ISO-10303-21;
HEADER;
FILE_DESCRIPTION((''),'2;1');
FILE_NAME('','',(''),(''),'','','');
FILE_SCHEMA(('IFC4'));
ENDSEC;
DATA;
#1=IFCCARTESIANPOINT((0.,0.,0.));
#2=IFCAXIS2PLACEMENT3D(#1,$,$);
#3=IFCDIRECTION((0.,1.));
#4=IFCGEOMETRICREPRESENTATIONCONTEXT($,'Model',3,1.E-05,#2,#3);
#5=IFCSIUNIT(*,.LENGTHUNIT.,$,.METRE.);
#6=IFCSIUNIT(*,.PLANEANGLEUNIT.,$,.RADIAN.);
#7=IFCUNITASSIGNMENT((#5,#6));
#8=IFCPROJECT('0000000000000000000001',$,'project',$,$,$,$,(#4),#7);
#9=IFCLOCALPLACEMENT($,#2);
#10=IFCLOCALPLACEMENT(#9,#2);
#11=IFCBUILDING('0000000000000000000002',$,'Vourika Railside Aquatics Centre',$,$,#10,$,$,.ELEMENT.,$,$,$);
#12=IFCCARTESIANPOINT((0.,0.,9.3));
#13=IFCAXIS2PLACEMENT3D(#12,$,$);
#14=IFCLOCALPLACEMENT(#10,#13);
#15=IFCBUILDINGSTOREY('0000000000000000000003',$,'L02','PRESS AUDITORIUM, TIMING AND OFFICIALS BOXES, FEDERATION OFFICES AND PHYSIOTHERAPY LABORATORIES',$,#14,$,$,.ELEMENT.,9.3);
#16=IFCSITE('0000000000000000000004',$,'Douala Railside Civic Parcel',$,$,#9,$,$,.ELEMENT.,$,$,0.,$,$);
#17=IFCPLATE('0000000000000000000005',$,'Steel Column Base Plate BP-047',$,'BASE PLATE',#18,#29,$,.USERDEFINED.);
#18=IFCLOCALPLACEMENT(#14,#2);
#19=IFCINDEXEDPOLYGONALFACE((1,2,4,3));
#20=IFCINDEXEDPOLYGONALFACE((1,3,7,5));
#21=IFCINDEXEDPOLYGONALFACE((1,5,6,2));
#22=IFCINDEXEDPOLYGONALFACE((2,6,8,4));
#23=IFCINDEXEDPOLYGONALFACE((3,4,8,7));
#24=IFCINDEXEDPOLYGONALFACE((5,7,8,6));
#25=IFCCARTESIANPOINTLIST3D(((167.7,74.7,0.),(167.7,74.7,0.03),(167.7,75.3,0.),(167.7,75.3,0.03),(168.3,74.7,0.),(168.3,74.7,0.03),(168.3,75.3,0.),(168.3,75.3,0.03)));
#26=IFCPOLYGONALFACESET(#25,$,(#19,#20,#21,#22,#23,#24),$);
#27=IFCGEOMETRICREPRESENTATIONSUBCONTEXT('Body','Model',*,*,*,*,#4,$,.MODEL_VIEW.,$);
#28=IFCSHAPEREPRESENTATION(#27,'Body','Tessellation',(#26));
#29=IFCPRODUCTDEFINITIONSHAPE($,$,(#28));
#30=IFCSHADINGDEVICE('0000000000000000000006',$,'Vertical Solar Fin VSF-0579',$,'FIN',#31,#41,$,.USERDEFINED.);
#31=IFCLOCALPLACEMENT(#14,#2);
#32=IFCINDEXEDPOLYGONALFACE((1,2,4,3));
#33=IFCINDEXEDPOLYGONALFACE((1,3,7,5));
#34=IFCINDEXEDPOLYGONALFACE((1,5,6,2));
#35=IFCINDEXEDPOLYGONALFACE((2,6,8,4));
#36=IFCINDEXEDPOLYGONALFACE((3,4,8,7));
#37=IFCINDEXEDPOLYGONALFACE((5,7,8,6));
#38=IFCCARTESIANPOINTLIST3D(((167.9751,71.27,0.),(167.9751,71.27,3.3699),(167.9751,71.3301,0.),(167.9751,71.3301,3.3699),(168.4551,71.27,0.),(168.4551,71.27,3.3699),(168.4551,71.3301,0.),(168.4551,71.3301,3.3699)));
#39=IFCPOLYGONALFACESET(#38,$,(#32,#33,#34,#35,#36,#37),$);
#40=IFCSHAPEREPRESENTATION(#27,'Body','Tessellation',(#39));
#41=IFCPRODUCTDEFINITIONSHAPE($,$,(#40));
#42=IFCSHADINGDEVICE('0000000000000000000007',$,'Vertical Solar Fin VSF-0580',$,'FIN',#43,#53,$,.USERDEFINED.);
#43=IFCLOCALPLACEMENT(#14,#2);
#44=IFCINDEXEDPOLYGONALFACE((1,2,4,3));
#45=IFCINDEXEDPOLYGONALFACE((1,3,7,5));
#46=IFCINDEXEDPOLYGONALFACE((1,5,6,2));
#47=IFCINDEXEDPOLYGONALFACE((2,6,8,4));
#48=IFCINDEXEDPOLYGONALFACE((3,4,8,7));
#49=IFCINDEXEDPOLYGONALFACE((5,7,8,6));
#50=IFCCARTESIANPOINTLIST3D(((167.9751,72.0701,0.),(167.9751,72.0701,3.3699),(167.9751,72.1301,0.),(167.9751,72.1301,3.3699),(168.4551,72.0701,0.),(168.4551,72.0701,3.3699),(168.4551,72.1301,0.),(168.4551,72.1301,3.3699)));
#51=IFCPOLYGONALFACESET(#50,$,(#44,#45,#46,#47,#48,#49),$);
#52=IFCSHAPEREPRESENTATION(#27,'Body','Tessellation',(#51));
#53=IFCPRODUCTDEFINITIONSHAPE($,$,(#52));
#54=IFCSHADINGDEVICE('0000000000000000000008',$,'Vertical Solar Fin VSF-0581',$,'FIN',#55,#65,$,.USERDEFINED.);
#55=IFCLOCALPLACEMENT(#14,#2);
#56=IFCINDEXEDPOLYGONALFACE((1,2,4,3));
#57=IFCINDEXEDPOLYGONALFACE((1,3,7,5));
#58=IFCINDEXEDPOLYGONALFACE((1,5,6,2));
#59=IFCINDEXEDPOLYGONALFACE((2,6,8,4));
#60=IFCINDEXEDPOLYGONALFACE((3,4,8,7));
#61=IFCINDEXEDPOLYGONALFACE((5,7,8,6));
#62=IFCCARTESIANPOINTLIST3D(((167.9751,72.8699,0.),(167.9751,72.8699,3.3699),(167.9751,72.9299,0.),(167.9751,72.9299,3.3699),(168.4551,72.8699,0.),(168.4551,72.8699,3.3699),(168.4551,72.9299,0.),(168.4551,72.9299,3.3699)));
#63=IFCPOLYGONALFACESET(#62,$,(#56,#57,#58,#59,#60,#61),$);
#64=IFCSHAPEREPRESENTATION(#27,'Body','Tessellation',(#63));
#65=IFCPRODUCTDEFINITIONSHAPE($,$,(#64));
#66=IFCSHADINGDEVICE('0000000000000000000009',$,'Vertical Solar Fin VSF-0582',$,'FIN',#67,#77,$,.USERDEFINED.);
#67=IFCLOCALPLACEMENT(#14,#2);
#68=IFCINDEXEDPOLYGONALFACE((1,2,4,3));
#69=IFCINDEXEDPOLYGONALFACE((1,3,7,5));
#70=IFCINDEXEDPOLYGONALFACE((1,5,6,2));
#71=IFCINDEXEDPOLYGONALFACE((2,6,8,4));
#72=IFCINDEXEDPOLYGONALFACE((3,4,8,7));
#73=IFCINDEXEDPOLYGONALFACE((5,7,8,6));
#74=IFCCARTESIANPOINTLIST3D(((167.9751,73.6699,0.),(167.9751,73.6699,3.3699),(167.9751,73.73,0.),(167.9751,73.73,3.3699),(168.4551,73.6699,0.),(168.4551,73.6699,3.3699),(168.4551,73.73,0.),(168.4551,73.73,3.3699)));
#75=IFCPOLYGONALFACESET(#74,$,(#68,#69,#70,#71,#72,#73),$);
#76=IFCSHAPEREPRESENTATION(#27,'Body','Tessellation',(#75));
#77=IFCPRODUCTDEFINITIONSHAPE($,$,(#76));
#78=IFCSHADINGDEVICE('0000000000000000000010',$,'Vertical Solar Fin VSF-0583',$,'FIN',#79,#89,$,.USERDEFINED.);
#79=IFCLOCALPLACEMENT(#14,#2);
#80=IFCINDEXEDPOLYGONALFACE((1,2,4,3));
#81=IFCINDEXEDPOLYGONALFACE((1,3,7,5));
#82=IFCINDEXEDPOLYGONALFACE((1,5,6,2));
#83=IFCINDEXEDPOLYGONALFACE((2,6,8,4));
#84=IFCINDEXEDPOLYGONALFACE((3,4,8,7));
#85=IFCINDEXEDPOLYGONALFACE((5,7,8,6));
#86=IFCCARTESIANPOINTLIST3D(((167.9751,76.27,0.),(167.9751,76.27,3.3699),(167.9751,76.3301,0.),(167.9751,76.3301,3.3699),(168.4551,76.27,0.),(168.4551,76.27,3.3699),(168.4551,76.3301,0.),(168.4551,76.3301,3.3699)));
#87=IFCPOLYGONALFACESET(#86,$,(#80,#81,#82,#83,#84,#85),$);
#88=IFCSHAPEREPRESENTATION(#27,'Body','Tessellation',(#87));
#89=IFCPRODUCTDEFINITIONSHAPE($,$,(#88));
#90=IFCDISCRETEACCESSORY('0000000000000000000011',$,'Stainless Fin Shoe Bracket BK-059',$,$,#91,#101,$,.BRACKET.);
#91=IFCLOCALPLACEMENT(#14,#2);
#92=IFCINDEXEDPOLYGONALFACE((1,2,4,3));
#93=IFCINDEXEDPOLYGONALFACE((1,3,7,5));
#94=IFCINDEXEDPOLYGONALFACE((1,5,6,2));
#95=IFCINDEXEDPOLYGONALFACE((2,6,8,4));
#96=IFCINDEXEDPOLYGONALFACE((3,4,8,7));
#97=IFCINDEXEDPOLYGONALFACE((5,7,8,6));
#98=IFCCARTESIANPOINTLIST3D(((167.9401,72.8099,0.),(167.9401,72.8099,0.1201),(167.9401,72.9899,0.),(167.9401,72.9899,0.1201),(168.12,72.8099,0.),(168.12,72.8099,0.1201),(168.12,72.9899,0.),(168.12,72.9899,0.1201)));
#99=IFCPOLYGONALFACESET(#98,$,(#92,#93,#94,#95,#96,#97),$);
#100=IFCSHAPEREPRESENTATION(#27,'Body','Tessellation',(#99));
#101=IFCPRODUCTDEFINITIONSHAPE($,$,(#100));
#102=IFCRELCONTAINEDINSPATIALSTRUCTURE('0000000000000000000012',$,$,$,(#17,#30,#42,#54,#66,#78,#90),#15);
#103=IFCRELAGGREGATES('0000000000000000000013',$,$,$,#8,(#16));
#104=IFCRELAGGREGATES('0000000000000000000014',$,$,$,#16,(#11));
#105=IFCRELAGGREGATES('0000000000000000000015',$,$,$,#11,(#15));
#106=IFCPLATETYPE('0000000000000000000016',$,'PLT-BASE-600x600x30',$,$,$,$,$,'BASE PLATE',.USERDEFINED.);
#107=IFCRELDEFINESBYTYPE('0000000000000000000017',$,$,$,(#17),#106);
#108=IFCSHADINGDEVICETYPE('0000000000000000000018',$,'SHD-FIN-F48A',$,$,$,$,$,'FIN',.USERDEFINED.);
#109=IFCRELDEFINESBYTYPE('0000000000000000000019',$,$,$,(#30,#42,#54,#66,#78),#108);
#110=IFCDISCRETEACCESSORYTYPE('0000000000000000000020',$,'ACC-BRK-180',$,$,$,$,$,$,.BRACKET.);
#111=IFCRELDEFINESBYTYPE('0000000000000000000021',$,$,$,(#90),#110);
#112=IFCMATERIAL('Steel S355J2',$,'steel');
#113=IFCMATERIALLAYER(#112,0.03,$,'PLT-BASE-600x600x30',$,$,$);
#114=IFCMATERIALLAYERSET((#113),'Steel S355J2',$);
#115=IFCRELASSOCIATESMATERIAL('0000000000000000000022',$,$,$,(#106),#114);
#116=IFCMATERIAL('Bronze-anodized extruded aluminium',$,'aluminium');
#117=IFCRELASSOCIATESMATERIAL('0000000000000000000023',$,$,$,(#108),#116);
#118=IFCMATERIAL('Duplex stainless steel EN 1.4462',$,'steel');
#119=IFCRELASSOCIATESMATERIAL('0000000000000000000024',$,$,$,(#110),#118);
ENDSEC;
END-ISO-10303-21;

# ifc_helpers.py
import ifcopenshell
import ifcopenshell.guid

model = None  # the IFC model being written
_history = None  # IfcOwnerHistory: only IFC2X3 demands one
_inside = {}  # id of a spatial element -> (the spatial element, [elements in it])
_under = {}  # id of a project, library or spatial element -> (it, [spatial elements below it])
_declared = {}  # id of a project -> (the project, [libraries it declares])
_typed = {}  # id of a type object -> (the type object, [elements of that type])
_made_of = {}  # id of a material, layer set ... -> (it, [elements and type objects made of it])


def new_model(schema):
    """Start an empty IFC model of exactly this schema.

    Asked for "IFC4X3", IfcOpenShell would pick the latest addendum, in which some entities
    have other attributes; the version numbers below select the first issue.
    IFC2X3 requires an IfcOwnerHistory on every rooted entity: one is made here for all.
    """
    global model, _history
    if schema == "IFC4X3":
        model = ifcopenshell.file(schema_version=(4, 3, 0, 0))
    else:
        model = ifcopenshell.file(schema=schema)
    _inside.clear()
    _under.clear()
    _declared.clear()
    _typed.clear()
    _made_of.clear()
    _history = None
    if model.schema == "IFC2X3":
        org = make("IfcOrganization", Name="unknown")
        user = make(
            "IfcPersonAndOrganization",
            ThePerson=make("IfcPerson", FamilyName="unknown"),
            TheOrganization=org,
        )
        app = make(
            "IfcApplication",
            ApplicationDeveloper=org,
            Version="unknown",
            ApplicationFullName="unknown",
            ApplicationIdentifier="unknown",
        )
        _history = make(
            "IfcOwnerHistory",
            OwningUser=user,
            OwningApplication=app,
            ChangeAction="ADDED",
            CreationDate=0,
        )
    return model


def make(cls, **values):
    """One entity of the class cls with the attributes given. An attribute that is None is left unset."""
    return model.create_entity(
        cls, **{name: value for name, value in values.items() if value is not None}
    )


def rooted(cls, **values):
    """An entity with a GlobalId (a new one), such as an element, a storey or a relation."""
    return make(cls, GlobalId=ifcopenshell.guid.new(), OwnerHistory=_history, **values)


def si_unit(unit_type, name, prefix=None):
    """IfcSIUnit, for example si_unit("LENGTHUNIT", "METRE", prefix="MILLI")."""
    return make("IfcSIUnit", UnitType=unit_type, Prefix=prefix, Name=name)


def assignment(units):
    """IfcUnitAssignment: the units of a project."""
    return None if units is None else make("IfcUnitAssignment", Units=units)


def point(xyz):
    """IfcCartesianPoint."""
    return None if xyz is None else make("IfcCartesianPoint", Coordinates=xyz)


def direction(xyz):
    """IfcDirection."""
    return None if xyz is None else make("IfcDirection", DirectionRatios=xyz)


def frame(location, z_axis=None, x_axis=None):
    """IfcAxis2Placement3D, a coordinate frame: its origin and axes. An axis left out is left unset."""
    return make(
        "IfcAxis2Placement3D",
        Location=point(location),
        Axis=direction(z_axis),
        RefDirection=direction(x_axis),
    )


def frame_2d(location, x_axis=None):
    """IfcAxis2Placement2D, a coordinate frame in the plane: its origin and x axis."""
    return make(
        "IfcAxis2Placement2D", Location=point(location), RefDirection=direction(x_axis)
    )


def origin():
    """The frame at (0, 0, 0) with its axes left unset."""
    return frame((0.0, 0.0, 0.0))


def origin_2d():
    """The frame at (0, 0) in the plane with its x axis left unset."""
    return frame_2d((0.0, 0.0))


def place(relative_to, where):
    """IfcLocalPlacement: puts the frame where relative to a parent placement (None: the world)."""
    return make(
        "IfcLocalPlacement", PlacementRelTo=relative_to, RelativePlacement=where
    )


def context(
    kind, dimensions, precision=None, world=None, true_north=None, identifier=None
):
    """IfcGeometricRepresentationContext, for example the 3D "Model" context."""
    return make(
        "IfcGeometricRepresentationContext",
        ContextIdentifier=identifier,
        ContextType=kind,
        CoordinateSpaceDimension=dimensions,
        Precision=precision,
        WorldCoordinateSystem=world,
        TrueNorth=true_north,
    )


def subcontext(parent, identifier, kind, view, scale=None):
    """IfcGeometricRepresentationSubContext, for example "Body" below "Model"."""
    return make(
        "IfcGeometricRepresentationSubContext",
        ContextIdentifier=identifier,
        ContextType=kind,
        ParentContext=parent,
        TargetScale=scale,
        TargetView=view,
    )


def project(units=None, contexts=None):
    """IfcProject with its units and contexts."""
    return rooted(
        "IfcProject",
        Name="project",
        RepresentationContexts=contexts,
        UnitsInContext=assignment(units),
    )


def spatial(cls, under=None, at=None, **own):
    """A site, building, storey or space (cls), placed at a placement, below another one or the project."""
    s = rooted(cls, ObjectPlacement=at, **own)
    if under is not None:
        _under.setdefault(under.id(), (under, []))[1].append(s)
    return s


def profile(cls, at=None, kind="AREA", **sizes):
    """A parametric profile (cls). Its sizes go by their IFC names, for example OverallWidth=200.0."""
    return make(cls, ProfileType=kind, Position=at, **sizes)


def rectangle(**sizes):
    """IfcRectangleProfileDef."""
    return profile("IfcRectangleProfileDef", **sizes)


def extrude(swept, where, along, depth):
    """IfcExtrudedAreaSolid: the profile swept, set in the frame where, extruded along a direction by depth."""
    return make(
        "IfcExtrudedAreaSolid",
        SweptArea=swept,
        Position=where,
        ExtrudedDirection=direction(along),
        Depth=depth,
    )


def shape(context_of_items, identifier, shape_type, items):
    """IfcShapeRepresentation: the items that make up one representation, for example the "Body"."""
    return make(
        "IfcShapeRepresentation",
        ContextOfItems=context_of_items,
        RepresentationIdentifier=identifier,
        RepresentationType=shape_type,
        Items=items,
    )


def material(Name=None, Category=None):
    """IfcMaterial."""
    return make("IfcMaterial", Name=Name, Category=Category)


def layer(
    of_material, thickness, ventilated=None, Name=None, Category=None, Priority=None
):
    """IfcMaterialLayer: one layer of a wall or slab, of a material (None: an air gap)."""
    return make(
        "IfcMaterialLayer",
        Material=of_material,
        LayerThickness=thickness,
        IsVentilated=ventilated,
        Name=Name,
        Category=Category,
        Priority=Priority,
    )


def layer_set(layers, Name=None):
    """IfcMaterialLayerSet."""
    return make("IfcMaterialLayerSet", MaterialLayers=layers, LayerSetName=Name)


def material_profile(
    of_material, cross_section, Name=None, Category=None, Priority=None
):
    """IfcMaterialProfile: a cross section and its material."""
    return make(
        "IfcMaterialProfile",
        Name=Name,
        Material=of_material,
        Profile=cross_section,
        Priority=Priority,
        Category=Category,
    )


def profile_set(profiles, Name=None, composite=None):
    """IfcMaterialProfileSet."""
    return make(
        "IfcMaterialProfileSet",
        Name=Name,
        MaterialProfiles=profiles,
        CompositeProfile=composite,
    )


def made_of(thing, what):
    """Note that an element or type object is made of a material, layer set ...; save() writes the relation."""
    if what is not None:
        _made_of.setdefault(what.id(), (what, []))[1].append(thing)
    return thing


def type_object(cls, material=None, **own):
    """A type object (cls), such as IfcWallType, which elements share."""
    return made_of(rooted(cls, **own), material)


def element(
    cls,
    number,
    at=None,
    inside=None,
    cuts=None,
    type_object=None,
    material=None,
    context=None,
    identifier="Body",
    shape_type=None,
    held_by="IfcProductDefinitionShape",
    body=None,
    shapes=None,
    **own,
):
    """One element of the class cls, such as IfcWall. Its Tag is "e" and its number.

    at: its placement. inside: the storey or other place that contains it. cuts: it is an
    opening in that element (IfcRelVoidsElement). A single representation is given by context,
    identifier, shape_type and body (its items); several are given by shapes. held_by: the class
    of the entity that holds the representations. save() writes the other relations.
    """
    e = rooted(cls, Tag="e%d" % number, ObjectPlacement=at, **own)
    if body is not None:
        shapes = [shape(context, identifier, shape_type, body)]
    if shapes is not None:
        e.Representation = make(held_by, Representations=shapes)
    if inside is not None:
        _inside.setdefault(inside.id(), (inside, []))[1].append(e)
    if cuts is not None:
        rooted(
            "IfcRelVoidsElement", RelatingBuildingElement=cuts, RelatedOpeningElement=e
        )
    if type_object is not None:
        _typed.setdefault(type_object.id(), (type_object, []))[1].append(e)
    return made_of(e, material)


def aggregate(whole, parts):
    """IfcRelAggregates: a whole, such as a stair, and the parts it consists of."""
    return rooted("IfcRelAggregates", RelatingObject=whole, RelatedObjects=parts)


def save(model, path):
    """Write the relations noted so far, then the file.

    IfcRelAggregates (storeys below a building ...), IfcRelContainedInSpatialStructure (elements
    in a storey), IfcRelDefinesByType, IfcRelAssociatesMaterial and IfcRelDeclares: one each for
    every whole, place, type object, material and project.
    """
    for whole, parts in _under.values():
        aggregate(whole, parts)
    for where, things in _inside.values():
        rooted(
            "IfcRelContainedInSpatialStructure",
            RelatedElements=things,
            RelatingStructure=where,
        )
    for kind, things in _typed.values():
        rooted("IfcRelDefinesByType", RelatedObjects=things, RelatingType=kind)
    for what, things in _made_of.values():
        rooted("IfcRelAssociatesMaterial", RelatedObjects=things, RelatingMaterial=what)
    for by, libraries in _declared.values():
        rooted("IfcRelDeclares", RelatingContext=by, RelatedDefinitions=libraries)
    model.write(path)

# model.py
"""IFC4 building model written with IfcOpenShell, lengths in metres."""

from ifc_helpers import new_model, si_unit, direction, frame, origin, origin_2d, place, context, subcontext, project, spatial, rectangle, extrude, material, layer, layer_set, material_profile, profile_set, type_object, element, save


model = new_model("IFC4")

# Units and contexts
model_context = context("Model", 3, precision=1e-05, world=origin(), true_north=direction((0.0, 1.0)))
body_context = subcontext(model_context, "Body", "Model", "MODEL_VIEW")
ifc_project = project(units=[si_unit("LENGTHUNIT", "METRE"), si_unit("PLANEANGLEUNIT", "RADIAN")], contexts=[model_context])

# Site, building, storey
site_placement = place(None, origin())
site = spatial("IfcSite", under=ifc_project, at=site_placement, Name="Douala Railside Civic Parcel", CompositionType="ELEMENT", RefElevation=0.0)
building_placement = place(site_placement, origin())
building = spatial("IfcBuilding", under=site, at=building_placement, Name="Vourika Railside Aquatics Centre", CompositionType="ELEMENT")
storey_placement = place(building_placement, frame((0.0, 0.0, 9.3)))
storey = spatial("IfcBuildingStorey", under=building, at=storey_placement, Name="L02", Description="PRESS AUDITORIUM, TIMING AND OFFICIALS BOXES, FEDERATION OFFICES AND PHYSIOTHERAPY LABORATORIES", CompositionType="ELEMENT", Elevation=9.3)

# Shared definitions
ifc_material_1 = material(Name="Steel S355J2", Category="steel")

# Plate
ifc_layer_1 = layer(ifc_material_1, 0.03, Name="PLT-BASE-600x600x30")
ifc_layer_set_1 = layer_set([ifc_layer_1], Name="Steel S355J2")
plate_type_1 = type_object("IfcPlateType", Name="PLT-BASE-600x600x30", ElementType="BASE PLATE", PredefinedType="USERDEFINED", material=ifc_layer_set_1)
plate_1_placement = place(storey_placement, frame((168.0, 75.0, 0.0), z_axis=(0.0, 0.0, 1.0), x_axis=(1.0, 0.0, 0.0)))
element("IfcPlate", 1, at=plate_1_placement, inside=storey, type_object=plate_type_1, Name="Steel Column Base Plate BP-047", ObjectType="BASE PLATE", PredefinedType="USERDEFINED", context=body_context, shape_type="SweptSolid", body=[
    extrude(rectangle(XDim=0.6001, YDim=0.6001, at=origin_2d()), origin(), (0.0, 0.0, 1.0), 0.03),
])

# Shading devices
ifc_material_2 = material(Name="Bronze-anodized extruded aluminium", Category="aluminium")
ifc_material_profile_1 = material_profile(ifc_material_2, rectangle(XDim=0.0601, YDim=0.48, at=origin_2d()), Name="ALU-FIN 60x480")
ifc_profile_set_1 = profile_set([ifc_material_profile_1], Name="Bronze-anodized extruded aluminium")
shading_device_type = type_object("IfcShadingDeviceType", Name="SHD-FIN-F48A", ElementType="FIN", PredefinedType="USERDEFINED", material=ifc_profile_set_1)
for number, where, z_axis, x_axis, name in (
    (2, (168.2151, 71.3, 0.0), (0.0, 0.0, 1.0), (0.0, -1.0, 0.0), "Vertical Solar Fin VSF-0579"),
    (3, (168.2151, 72.1001, 0.0), (0.0, 0.0, 1.0), (0.0, -1.0, 0.0), "Vertical Solar Fin VSF-0580"),
    (4, (168.2151, 72.8999, 0.0), (0.0, 0.0, 1.0), (0.0, -1.0, 0.0), "Vertical Solar Fin VSF-0581"),
    (5, (168.2151, 73.7, 0.0), (0.0, 0.0, 1.0), (0.0, -1.0, 0.0), "Vertical Solar Fin VSF-0582"),
    (6, (168.2151, 76.3, 0.0), (0.0, 0.0, 1.0), (0.0, -1.0, 0.0), "Vertical Solar Fin VSF-0583"),
):
    element("IfcShadingDevice", number, at=place(storey_placement, frame(where, z_axis=z_axis, x_axis=x_axis)), inside=storey, type_object=shading_device_type, Name=name, ObjectType="FIN", PredefinedType="USERDEFINED", context=body_context, shape_type="SweptSolid", body=[
        extrude(rectangle(XDim=0.0601, YDim=0.48, at=origin_2d()), origin(), (0.0, 0.0, 1.0), 3.3699),
    ])

# Discrete accessory
ifc_material_3 = material(Name="Duplex stainless steel EN 1.4462", Category="steel")
discrete_accessory_type = type_object("IfcDiscreteAccessoryType", Name="ACC-BRK-180", PredefinedType="BRACKET", material=ifc_material_3)
discrete_accessory_placement = place(storey_placement, frame((168.03, 72.8999, 0.0), z_axis=(0.0, 0.0, 1.0), x_axis=(1.0, 0.0, 0.0)))
element("IfcDiscreteAccessory", 7, at=discrete_accessory_placement, inside=storey, type_object=discrete_accessory_type, Name="Stainless Fin Shoe Bracket BK-059", PredefinedType="BRACKET", context=body_context, shape_type="SweptSolid", body=[
    extrude(rectangle(XDim=0.1799, YDim=0.1799, at=origin_2d()), origin(), (0.0, 0.0, 1.0), 0.1201),
])

save(model, "model.ifc")
